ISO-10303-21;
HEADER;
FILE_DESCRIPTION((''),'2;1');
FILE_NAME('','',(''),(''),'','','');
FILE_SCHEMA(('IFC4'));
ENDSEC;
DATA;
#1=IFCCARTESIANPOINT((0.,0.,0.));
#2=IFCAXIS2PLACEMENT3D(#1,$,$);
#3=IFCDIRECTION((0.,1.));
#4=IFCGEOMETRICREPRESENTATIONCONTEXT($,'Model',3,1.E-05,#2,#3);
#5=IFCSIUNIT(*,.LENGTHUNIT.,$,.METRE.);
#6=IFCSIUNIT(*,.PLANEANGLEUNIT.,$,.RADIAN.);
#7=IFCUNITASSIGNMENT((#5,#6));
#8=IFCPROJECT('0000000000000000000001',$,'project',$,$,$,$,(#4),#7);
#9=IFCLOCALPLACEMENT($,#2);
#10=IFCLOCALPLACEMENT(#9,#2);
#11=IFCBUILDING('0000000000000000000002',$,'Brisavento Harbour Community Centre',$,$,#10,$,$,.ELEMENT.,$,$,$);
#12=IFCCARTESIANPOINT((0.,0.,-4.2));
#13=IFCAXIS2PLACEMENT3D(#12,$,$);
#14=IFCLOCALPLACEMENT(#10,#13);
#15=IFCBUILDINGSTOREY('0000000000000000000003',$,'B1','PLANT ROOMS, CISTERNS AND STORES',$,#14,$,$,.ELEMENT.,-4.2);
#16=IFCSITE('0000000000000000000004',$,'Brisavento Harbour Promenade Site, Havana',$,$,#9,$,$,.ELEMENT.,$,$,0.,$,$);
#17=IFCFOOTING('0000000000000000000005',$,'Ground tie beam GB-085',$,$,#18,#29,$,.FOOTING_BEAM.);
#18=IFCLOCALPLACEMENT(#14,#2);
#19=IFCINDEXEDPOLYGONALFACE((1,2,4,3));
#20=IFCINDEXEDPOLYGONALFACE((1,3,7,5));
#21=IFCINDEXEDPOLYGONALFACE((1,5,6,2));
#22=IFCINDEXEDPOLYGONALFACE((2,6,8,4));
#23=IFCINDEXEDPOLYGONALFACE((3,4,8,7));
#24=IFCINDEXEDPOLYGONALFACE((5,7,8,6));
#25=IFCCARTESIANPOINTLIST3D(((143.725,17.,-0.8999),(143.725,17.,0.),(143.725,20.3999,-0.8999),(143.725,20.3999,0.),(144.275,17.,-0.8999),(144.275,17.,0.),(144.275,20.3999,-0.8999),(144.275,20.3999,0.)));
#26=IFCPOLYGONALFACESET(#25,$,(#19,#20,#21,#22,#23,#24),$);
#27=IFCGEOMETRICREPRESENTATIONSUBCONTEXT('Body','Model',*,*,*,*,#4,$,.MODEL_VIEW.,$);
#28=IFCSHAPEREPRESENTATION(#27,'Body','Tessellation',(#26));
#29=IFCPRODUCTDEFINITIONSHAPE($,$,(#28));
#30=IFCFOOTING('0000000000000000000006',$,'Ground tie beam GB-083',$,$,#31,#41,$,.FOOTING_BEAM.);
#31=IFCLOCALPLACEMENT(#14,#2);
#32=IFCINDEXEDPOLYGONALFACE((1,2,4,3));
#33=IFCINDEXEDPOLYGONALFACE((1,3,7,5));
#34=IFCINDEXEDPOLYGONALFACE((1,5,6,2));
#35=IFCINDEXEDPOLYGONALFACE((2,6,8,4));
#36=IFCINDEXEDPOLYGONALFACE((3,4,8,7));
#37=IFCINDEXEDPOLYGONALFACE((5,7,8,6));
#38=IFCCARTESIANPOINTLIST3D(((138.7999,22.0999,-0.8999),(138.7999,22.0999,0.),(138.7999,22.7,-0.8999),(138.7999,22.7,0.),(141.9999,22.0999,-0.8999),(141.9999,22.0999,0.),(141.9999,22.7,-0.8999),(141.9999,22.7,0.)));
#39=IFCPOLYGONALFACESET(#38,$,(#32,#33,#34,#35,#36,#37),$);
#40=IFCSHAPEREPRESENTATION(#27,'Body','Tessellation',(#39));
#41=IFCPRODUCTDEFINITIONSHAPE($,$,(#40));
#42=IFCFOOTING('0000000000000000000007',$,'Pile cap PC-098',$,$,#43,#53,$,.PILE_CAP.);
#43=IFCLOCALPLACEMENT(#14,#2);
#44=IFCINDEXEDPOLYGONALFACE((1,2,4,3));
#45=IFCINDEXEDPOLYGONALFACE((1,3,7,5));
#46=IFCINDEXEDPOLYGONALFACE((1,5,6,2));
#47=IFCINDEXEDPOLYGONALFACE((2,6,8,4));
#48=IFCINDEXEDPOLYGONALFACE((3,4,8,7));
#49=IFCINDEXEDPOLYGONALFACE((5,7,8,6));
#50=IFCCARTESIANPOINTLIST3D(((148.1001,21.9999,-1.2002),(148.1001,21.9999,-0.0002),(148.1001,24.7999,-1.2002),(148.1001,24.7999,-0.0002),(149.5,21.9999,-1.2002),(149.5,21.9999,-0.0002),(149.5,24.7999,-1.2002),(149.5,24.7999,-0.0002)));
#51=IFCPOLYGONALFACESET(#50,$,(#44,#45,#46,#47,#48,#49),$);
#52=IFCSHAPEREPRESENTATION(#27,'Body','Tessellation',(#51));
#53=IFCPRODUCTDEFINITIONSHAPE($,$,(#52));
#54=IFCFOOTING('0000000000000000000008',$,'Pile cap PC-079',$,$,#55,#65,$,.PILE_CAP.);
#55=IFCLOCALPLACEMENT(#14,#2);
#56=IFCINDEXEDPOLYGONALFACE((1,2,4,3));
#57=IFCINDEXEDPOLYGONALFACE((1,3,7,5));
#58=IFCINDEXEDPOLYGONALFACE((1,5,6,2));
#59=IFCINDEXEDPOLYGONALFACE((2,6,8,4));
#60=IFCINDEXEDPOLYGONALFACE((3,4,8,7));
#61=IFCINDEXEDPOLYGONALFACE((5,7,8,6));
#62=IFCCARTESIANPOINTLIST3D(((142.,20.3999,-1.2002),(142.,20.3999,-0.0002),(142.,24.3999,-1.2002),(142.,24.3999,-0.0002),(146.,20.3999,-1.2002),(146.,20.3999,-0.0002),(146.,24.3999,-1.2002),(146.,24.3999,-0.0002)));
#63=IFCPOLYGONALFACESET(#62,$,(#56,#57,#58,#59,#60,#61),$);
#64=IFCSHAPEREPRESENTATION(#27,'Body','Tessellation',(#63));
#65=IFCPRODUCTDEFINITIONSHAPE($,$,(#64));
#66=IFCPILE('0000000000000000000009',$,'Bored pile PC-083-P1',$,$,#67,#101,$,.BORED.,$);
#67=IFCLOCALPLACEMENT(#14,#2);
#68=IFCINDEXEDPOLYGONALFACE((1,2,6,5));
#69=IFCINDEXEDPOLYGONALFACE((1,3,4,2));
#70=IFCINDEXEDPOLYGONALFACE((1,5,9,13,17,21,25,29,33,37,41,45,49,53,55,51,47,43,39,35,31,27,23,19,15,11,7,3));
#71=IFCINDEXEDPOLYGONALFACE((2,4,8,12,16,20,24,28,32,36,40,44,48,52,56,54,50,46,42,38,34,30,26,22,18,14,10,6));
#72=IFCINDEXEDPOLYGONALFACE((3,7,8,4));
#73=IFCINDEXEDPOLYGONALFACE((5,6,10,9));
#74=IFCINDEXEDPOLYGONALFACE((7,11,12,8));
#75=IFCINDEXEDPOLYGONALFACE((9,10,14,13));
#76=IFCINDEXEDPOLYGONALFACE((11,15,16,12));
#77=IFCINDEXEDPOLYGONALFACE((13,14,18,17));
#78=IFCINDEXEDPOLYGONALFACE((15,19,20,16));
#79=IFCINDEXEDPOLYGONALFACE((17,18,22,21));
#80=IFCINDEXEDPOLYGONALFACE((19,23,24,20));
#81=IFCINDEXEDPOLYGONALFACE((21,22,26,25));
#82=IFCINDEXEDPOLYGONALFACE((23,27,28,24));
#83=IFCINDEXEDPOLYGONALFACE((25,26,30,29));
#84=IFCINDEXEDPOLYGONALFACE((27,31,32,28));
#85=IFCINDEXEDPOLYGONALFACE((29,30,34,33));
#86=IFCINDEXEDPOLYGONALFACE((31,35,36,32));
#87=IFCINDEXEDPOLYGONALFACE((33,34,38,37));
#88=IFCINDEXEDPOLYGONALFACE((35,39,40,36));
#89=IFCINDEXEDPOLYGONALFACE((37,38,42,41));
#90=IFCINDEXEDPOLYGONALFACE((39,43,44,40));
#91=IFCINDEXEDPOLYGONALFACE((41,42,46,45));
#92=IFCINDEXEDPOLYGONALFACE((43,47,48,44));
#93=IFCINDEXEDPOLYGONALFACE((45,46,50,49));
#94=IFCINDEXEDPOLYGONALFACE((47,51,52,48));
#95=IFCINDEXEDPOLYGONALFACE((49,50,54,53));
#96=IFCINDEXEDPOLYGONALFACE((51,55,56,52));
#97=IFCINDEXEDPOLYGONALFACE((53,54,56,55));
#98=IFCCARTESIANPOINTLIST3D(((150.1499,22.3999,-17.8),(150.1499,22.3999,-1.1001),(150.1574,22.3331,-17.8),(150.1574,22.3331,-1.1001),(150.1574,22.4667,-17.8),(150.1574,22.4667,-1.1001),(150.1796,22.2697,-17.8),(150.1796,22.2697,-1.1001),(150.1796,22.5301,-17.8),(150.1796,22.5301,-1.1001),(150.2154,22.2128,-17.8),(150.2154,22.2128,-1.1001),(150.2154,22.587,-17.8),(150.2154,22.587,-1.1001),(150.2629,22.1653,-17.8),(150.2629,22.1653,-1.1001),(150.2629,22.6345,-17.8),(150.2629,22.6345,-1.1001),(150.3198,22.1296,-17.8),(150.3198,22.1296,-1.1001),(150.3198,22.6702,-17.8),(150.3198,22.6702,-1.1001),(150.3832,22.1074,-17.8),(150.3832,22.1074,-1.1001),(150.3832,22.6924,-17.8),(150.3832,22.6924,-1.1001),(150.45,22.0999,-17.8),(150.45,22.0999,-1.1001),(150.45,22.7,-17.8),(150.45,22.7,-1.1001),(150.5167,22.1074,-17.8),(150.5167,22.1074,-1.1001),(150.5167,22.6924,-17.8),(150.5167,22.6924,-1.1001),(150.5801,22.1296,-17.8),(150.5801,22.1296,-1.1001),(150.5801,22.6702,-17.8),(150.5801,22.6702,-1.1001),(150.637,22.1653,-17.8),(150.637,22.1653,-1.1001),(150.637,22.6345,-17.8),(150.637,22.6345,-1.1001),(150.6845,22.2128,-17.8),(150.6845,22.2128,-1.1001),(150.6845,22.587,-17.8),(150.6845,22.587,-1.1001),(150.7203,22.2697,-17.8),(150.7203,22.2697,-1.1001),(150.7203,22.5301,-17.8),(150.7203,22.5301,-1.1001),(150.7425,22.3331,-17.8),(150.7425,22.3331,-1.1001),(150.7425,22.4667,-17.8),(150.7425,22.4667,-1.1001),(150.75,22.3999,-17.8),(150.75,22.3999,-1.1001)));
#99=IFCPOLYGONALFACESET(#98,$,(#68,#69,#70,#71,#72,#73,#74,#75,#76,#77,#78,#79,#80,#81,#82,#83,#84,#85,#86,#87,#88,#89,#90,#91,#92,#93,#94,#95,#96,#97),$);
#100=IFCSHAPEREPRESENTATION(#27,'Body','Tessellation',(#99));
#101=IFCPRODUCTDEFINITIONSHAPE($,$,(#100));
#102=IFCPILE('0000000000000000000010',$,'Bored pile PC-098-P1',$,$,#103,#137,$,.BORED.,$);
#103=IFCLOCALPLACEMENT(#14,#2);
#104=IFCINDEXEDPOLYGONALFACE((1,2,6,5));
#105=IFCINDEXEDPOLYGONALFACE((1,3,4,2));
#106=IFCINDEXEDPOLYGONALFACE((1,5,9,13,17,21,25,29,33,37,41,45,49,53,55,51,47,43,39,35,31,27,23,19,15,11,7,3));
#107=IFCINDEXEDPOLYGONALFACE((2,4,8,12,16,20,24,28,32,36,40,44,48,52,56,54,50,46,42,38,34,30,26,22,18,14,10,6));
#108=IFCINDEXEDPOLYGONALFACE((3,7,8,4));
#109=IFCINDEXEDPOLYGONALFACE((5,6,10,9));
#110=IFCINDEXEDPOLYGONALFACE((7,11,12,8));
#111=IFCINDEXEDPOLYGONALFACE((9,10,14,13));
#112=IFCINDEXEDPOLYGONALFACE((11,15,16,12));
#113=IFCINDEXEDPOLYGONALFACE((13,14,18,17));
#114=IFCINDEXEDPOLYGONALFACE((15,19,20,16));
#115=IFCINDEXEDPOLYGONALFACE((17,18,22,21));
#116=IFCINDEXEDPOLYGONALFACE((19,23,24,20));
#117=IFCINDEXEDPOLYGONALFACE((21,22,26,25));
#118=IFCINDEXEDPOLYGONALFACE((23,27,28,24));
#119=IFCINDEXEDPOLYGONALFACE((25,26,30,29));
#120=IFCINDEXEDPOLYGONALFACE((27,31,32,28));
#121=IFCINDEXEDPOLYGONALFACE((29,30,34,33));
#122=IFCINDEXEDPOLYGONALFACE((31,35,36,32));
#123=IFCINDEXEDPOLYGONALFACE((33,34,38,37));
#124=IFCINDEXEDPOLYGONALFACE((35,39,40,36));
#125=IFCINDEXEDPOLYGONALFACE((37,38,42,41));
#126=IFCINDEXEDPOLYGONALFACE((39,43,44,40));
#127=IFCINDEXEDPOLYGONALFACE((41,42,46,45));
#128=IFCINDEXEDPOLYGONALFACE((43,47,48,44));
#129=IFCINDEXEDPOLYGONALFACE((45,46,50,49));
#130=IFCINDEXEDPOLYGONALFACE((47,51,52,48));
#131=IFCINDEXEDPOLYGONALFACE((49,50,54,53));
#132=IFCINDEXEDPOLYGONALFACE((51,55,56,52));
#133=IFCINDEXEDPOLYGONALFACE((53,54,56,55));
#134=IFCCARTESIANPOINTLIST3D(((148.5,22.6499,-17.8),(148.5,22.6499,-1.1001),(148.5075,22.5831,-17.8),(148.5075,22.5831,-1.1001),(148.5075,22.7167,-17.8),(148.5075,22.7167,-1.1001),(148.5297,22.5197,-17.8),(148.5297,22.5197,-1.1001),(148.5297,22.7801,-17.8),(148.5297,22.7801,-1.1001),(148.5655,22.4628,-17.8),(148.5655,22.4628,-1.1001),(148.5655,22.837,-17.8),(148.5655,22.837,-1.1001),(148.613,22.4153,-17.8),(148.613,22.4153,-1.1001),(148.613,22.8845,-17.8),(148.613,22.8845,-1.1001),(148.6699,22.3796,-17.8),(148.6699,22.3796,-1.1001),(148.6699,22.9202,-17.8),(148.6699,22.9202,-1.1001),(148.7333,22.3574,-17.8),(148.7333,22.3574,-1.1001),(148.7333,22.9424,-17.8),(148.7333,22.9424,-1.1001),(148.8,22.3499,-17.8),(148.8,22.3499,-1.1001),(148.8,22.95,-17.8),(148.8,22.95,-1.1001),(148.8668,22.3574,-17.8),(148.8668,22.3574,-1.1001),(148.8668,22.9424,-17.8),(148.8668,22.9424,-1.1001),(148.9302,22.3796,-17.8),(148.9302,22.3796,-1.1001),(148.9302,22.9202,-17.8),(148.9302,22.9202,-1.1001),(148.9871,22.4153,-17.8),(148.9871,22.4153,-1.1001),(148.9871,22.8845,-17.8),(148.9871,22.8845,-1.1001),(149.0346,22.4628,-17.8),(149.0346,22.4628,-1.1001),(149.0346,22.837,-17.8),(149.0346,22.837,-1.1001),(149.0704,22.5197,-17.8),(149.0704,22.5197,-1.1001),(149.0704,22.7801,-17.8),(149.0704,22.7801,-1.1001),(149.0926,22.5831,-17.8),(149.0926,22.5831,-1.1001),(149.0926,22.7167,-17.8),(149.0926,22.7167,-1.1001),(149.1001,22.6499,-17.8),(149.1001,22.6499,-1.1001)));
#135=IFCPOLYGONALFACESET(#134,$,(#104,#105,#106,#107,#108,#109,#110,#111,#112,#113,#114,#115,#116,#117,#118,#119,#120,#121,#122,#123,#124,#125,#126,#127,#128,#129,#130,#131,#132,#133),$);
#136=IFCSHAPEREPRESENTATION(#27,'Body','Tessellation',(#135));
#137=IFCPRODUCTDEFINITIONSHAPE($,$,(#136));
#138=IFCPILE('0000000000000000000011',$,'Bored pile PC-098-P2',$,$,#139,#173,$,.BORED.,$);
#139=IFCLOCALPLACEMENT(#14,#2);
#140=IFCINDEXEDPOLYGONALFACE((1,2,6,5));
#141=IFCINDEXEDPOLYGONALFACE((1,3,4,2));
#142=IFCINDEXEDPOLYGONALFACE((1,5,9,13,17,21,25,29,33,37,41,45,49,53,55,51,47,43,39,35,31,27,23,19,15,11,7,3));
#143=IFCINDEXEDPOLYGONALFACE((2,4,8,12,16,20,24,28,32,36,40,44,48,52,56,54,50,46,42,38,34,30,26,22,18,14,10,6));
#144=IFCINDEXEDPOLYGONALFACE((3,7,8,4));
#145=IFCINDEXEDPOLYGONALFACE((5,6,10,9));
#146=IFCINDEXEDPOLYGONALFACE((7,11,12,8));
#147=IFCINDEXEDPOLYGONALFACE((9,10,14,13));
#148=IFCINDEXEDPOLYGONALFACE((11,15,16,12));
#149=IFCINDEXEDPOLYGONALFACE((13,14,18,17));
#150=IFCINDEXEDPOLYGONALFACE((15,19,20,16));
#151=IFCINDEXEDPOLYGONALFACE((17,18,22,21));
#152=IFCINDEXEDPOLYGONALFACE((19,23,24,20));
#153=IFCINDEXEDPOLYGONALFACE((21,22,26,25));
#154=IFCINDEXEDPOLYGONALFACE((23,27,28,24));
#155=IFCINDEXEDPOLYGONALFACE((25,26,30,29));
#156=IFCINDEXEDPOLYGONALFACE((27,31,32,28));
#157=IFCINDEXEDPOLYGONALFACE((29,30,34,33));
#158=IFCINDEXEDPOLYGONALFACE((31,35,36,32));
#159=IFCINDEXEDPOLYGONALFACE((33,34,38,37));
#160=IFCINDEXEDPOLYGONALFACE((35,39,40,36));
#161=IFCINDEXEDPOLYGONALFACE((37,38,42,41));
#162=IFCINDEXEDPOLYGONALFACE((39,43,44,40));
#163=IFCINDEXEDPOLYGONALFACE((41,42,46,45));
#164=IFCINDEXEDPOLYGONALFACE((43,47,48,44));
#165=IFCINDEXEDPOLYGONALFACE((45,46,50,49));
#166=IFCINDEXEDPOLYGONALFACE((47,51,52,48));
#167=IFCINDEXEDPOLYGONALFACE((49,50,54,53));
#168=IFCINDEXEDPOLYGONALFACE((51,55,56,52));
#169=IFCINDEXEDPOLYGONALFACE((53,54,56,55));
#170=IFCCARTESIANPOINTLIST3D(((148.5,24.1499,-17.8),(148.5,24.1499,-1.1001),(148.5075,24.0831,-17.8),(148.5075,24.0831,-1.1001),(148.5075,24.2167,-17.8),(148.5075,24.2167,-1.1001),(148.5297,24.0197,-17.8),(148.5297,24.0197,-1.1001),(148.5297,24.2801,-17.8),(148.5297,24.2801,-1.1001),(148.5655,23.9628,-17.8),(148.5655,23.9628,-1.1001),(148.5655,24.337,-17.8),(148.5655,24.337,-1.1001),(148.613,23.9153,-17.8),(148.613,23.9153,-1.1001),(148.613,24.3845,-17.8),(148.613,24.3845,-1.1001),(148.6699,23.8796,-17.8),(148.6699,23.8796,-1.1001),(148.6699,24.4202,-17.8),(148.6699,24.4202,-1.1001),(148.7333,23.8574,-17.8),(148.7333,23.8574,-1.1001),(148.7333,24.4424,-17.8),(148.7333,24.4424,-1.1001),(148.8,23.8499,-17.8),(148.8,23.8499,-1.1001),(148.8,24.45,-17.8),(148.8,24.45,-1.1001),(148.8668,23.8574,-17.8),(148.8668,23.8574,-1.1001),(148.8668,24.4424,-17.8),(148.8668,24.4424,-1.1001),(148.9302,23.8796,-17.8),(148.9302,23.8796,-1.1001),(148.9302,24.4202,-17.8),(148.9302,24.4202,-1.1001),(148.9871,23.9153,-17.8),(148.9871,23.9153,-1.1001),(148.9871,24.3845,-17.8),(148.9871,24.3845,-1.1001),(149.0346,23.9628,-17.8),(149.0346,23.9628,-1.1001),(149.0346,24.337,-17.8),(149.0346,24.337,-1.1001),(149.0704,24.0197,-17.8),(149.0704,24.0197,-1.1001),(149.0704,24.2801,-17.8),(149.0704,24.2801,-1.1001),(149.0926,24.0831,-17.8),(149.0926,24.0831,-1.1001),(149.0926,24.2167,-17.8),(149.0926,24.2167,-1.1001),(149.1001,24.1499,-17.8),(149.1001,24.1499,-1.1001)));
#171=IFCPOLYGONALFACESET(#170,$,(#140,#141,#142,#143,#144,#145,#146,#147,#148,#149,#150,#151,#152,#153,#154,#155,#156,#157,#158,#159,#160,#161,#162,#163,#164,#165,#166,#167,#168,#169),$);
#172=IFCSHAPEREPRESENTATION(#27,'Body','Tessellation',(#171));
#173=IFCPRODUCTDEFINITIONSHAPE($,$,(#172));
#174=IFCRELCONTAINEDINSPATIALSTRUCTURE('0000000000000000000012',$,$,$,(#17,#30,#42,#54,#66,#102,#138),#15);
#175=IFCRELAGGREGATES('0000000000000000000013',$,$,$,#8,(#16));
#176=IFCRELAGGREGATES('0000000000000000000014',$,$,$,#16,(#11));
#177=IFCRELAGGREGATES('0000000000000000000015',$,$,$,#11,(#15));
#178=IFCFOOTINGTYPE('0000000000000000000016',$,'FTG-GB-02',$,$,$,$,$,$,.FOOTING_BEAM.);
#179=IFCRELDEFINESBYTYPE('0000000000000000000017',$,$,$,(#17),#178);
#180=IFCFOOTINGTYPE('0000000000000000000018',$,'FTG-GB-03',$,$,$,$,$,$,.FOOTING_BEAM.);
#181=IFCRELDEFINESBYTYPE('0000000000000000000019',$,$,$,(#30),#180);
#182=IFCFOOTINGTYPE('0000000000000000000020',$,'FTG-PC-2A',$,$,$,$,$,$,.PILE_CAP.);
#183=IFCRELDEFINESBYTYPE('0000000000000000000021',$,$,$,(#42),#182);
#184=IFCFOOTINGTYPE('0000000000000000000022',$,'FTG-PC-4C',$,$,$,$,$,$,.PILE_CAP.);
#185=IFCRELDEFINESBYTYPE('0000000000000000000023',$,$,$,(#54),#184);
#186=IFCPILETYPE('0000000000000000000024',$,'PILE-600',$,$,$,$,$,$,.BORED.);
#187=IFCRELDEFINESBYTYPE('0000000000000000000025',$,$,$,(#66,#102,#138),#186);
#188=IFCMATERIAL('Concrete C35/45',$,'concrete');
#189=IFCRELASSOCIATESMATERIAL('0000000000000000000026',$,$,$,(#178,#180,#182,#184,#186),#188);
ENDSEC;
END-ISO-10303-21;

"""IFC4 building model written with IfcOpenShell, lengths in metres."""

from ifc_helpers import new_model, si_unit, direction, frame, origin, origin_2d, place, context, subcontext, project, spatial, rectangle, circle, extrude, material, material_profile, profile_set, type_object, element, save


model = new_model("IFC4")

# Units and contexts
model_context = context("Model", 3, precision=1e-05, world=origin(), true_north=direction((0.0, 1.0)))
body_context = subcontext(model_context, "Body", "Model", "MODEL_VIEW")
ifc_project = project(units=[si_unit("LENGTHUNIT", "METRE"), si_unit("PLANEANGLEUNIT", "RADIAN")], contexts=[model_context])

# Site, building, storey
site_placement = place(None, origin())
site = spatial("IfcSite", under=ifc_project, at=site_placement, Name="Brisavento Harbour Promenade Site, Havana", CompositionType="ELEMENT", RefElevation=0.0)
building_placement = place(site_placement, origin())
building = spatial("IfcBuilding", under=site, at=building_placement, Name="Brisavento Harbour Community Centre", CompositionType="ELEMENT")
storey_placement = place(building_placement, frame((0.0, 0.0, -4.2)))
storey = spatial("IfcBuildingStorey", under=building, at=storey_placement, Name="B1", Description="PLANT ROOMS, CISTERNS AND STORES", CompositionType="ELEMENT", Elevation=-4.2)

# Footings
ifc_material_1 = material(Name="Concrete C35/45", Category="concrete")
footing_type_1 = type_object("IfcFootingType", Name="FTG-GB-02", PredefinedType="FOOTING_BEAM", material=ifc_material_1)
footing_1_placement = place(storey_placement, frame((144.0, 18.7, -0.8999), z_axis=(0.0, 0.0, 1.0), x_axis=(1.0, 0.0, 0.0)))
element("IfcFooting", 1, at=footing_1_placement, inside=storey, type_object=footing_type_1, Name="Ground tie beam GB-085", PredefinedType="FOOTING_BEAM", context=body_context, shape_type="SweptSolid", body=[
    extrude(rectangle(XDim=0.55, YDim=3.3999, at=origin_2d()), origin(), (0.0, 0.0, 1.0), 0.8999),
])
footing_type_2 = type_object("IfcFootingType", Name="FTG-GB-03", PredefinedType="FOOTING_BEAM", material=ifc_material_1)
footing_2_placement = place(storey_placement, frame((140.3999, 22.3999, -0.8999), z_axis=(0.0, 0.0, 1.0), x_axis=(1.0, 0.0, 0.0)))
element("IfcFooting", 2, at=footing_2_placement, inside=storey, type_object=footing_type_2, Name="Ground tie beam GB-083", PredefinedType="FOOTING_BEAM", context=body_context, shape_type="SweptSolid", body=[
    extrude(rectangle(XDim=3.2, YDim=0.6001, at=origin_2d()), origin(), (0.0, 0.0, 1.0), 0.8999),
])
footing_type_3 = type_object("IfcFootingType", Name="FTG-PC-2A", PredefinedType="PILE_CAP", material=ifc_material_1)
footing_3_placement = place(storey_placement, frame((148.8, 23.3999, -1.2002), z_axis=(0.0, 0.0, 1.0), x_axis=(1.0, 0.0, 0.0)))
element("IfcFooting", 3, at=footing_3_placement, inside=storey, type_object=footing_type_3, Name="Pile cap PC-098", PredefinedType="PILE_CAP", context=body_context, shape_type="SweptSolid", body=[
    extrude(rectangle(XDim=1.3999, YDim=2.8, at=origin_2d()), origin(), (0.0, 0.0, 1.0), 1.2),
])
footing_type_4 = type_object("IfcFootingType", Name="FTG-PC-4C", PredefinedType="PILE_CAP", material=ifc_material_1)
footing_4_placement = place(storey_placement, frame((144.0, 22.3999, -1.2002), z_axis=(0.0, 0.0, 1.0), x_axis=(1.0, 0.0, 0.0)))
element("IfcFooting", 4, at=footing_4_placement, inside=storey, type_object=footing_type_4, Name="Pile cap PC-079", PredefinedType="PILE_CAP", context=body_context, shape_type="SweptSolid", body=[
    extrude(rectangle(XDim=4.0, YDim=4.0, at=origin_2d()), origin(), (0.0, 0.0, 1.0), 1.2),
])

# Piles
ifc_material_profile_1 = material_profile(ifc_material_1, circle(Radius=0.3, at=origin_2d()), Name="Concrete C35/45")
ifc_profile_set_1 = profile_set([ifc_material_profile_1], Name="Concrete C35/45")
pile_type_1 = type_object("IfcPileType", Name="PILE-600", PredefinedType="BORED", material=ifc_profile_set_1)
for number, where, z_axis, x_axis, name in (
    (5, (150.45, 22.3999, -1.1001), (0.0, 0.0, -1.0), (1.0, 0.0, 0.0), "Bored pile PC-083-P1"),
    (6, (148.8, 22.6499, -1.1001), (0.0, 0.0, -1.0), (1.0, 0.0, 0.0), "Bored pile PC-098-P1"),
    (7, (148.8, 24.1499, -1.1001), (0.0, 0.0, -1.0), (1.0, 0.0, 0.0), "Bored pile PC-098-P2"),
):
    element("IfcPile", number, at=place(storey_placement, frame(where, z_axis=z_axis, x_axis=x_axis)), inside=storey, type_object=pile_type_1, Name=name, PredefinedType="BORED", context=body_context, shape_type="SweptSolid", body=[
        extrude(circle(Radius=0.3, at=origin_2d()), origin(), (0.0, 0.0, 1.0), 16.7),
    ])

save(model, "model.ifc")
